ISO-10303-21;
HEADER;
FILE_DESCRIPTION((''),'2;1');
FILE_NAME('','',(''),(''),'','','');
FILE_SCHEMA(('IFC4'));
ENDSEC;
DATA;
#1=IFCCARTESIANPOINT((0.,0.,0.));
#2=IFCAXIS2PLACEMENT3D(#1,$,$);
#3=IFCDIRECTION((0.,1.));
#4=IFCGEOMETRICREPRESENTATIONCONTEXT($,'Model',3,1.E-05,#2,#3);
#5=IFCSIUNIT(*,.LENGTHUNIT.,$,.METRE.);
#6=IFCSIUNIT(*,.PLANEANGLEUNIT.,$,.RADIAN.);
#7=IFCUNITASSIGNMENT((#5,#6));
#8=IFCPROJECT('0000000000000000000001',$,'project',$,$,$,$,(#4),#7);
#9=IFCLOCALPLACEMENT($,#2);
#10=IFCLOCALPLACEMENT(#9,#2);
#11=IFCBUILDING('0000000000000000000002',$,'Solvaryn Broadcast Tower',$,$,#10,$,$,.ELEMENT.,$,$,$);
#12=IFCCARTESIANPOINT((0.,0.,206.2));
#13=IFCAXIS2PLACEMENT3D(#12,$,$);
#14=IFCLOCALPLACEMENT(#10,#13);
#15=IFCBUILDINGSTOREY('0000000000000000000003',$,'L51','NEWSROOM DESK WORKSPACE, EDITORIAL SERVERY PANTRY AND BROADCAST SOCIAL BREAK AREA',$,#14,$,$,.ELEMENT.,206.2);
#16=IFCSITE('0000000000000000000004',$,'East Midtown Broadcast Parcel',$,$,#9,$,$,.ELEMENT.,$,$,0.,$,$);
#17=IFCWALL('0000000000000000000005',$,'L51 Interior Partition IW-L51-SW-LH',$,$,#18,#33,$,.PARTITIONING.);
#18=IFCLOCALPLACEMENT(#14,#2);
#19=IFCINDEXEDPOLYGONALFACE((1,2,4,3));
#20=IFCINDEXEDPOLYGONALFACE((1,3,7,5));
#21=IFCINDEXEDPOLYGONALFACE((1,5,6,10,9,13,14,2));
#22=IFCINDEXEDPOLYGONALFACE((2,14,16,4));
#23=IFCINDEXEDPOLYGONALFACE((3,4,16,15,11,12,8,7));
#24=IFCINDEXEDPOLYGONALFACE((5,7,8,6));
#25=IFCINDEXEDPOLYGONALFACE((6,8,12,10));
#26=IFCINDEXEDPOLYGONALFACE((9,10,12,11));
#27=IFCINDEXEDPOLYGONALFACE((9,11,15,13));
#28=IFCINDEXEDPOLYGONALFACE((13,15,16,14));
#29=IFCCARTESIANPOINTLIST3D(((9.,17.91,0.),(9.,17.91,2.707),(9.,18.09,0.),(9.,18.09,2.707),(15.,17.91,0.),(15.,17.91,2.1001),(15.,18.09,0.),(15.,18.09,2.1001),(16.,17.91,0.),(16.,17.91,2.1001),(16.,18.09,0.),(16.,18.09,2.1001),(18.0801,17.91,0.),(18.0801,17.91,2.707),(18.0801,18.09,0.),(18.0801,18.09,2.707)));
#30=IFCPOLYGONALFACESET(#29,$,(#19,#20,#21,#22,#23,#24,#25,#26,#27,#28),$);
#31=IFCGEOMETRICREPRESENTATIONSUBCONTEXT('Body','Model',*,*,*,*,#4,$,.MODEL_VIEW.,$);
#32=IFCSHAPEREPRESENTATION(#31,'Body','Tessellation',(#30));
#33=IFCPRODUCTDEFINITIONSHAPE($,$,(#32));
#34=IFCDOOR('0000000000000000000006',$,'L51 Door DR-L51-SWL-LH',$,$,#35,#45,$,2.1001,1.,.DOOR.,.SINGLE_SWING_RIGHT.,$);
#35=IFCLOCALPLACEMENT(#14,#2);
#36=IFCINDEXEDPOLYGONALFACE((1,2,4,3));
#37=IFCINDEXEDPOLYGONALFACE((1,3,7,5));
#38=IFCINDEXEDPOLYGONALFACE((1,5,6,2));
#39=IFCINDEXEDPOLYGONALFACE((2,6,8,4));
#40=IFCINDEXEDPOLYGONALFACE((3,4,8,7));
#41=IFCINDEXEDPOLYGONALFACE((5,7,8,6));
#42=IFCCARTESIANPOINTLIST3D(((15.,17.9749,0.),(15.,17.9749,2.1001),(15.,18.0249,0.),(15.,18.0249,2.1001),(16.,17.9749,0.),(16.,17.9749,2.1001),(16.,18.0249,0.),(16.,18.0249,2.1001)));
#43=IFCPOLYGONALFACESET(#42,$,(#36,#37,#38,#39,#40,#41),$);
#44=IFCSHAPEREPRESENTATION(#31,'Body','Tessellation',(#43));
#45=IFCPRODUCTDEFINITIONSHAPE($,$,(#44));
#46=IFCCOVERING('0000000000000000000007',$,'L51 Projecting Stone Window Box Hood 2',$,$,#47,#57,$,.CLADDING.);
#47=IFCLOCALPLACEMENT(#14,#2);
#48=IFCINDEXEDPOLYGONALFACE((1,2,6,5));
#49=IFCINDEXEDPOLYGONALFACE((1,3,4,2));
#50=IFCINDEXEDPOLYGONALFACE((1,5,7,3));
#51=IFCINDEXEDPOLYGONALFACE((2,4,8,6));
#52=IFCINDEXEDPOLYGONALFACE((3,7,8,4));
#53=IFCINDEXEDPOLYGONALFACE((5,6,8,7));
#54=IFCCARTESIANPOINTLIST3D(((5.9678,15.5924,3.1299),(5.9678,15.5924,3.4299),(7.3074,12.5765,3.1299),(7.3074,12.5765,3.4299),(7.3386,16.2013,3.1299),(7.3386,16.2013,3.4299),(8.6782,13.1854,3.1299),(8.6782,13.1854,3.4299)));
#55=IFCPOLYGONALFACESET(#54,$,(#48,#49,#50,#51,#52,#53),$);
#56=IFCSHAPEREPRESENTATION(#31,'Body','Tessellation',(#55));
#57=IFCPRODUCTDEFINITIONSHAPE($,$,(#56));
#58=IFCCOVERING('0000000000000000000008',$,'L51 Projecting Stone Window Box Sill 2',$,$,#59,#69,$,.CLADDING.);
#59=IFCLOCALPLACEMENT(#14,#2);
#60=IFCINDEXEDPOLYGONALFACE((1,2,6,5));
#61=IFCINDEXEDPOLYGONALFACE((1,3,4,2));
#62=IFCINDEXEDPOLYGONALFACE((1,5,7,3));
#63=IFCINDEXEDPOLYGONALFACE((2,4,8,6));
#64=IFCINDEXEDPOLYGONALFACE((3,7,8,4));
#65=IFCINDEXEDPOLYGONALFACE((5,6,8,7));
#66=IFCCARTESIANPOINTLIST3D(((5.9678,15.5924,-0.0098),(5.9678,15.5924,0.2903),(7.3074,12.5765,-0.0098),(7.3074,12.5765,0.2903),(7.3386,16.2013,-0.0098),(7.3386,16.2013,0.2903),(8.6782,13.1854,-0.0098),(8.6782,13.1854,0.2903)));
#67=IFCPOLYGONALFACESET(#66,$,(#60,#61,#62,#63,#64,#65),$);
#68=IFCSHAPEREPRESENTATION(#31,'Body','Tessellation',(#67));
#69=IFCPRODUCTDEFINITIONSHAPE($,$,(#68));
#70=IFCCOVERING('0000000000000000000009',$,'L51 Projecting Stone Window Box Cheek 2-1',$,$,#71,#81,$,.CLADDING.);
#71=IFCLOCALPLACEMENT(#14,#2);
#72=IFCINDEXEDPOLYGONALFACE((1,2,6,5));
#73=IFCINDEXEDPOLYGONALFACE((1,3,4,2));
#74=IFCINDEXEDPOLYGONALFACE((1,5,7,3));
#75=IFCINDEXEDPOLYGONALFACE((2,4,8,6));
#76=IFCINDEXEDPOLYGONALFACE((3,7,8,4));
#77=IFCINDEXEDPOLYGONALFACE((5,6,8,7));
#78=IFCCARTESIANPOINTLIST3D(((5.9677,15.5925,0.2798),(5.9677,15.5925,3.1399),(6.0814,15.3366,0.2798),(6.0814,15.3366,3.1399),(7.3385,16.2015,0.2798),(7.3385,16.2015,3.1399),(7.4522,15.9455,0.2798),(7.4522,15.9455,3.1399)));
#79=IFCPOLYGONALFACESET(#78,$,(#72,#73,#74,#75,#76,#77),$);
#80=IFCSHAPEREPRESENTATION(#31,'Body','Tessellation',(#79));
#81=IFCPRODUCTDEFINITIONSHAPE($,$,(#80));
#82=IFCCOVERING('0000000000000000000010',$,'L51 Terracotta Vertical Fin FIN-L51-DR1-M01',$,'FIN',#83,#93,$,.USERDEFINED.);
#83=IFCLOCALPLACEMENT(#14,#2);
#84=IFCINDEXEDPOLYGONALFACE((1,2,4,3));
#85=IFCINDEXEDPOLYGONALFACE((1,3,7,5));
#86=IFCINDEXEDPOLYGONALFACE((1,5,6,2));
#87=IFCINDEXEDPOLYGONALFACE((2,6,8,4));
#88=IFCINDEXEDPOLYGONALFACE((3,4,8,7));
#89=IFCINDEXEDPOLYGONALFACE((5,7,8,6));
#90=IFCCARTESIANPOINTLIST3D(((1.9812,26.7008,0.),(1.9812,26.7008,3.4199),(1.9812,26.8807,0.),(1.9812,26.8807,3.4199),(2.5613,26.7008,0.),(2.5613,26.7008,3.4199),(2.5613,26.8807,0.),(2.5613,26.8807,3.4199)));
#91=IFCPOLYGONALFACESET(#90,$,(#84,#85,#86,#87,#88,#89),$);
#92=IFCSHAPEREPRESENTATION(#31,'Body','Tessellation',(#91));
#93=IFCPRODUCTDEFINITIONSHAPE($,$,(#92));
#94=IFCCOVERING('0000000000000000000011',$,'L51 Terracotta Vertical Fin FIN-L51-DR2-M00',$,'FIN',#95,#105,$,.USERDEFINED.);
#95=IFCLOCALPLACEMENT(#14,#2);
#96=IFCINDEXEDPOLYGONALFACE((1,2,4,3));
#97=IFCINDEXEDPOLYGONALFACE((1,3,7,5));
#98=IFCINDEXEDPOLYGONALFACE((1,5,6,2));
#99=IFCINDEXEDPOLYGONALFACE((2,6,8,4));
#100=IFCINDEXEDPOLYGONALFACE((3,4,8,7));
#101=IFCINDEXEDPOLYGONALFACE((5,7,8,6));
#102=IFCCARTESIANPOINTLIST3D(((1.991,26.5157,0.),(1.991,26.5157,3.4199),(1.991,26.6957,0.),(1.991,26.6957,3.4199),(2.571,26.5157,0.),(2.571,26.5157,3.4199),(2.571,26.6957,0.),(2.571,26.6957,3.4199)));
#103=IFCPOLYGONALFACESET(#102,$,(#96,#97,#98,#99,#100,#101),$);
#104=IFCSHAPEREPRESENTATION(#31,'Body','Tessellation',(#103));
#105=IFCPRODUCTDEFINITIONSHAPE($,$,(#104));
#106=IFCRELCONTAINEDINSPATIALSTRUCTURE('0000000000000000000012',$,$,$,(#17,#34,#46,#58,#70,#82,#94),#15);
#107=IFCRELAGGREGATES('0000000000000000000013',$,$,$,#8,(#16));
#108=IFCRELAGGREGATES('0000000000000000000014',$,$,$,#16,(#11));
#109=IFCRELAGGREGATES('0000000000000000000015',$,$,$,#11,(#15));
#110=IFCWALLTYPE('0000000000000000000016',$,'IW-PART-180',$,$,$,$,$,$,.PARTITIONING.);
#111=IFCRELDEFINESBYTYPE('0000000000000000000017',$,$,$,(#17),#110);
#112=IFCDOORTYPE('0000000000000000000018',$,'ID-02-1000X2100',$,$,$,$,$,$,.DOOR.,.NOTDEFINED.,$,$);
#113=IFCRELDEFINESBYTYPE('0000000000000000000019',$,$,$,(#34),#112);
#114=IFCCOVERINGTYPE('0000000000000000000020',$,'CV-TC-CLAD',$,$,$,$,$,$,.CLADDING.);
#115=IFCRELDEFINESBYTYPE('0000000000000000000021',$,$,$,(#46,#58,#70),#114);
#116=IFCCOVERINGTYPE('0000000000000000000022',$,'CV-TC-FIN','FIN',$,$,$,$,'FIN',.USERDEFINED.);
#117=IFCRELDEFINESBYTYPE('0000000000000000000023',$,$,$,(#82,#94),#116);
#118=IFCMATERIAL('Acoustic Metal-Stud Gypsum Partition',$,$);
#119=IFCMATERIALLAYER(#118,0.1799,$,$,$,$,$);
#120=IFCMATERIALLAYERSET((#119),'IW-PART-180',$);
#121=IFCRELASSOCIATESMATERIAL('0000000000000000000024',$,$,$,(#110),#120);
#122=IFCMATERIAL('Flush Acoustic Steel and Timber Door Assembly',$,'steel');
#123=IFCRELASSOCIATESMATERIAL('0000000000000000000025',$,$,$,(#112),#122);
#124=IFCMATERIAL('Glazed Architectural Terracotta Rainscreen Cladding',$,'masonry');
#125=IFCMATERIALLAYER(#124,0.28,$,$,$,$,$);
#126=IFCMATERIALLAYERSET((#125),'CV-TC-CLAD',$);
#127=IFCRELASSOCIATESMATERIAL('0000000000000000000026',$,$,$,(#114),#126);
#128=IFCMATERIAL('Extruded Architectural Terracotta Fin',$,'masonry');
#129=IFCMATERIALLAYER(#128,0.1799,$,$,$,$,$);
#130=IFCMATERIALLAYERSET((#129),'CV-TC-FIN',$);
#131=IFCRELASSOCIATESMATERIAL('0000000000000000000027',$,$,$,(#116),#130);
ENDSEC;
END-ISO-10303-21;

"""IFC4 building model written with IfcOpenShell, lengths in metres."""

from ifc_helpers import new_model, si_unit, direction, frame, frame_2d, origin, origin_2d, place, context, subcontext, project, spatial, rectangle, extrude, material, layer, layer_set, type_object, element, fill, save


model = new_model("IFC4")

# Units and contexts
model_context = context("Model", 3, precision=1e-05, world=origin(), true_north=direction((0.0, 1.0)))
body_context = subcontext(model_context, "Body", "Model", "MODEL_VIEW")
ifc_project = project(units=[si_unit("LENGTHUNIT", "METRE"), si_unit("PLANEANGLEUNIT", "RADIAN")], contexts=[model_context])

# Site, building, storey
site_placement = place(None, origin())
site = spatial("IfcSite", under=ifc_project, at=site_placement, Name="East Midtown Broadcast Parcel", CompositionType="ELEMENT", RefElevation=0.0)
building_placement = place(site_placement, origin())
building = spatial("IfcBuilding", under=site, at=building_placement, Name="Solvaryn Broadcast Tower", CompositionType="ELEMENT")
storey_placement = place(building_placement, frame((0.0, 0.0, 206.2)))
storey = spatial("IfcBuildingStorey", under=building, at=storey_placement, Name="L51", Description="NEWSROOM DESK WORKSPACE, EDITORIAL SERVERY PANTRY AND BROADCAST SOCIAL BREAK AREA", CompositionType="ELEMENT", Elevation=206.2)

# Wall, opening, door
ifc_material_1 = material(Name="Acoustic Metal-Stud Gypsum Partition")
ifc_layer_1 = layer(ifc_material_1, 0.1799)
ifc_layer_set_1 = layer_set([ifc_layer_1], Name="IW-PART-180")
wall_type = type_object("IfcWallType", Name="IW-PART-180", PredefinedType="PARTITIONING", material=ifc_layer_set_1)
wall_placement = place(storey_placement, frame((9.0, 18.0, 0.0), z_axis=(0.0, 0.0, 1.0), x_axis=(1.0, 0.0, 0.0)))
wall = element("IfcWall", 1, at=wall_placement, inside=storey, type_object=wall_type, Name="L51 Interior Partition IW-L51-SW-LH", PredefinedType="PARTITIONING", context=body_context, shape_type="SweptSolid", body=[
    extrude(rectangle(XDim=9.0801, YDim=0.1799, at=frame_2d((4.54, 0.0))), origin(), (0.0, 0.0, 1.0), 2.707),
])
opening_placement = place(wall_placement, frame((6.0, 0.0, 0.0)))
opening = element("IfcOpeningElement", 2, at=opening_placement, cuts=wall, PredefinedType="OPENING", context=body_context, shape_type="SweptSolid", body=[
    extrude(rectangle(XDim=1.0, YDim=2.1001, at=frame_2d((0.5, 1.05))), frame((0.0, 0.0999, 0.0), z_axis=(0.0, -1.0, 0.0), x_axis=(1.0, 0.0, 0.0)), (0.0, 0.0, 1.0), 0.2),
])
ifc_material_2 = material(Name="Flush Acoustic Steel and Timber Door Assembly", Category="steel")
door_type = type_object("IfcDoorType", Name="ID-02-1000X2100", OperationType="NOTDEFINED", PredefinedType="DOOR", material=ifc_material_2)
door_placement = place(opening_placement, origin())
door = element("IfcDoor", 3, at=door_placement, inside=storey, type_object=door_type, Name="L51 Door DR-L51-SWL-LH", OperationType="SINGLE_SWING_RIGHT", OverallHeight=2.1001, OverallWidth=1.0, PredefinedType="DOOR", context=body_context, shape_type="SweptSolid", body=[
    extrude(rectangle(XDim=1.0, YDim=2.1001, at=frame_2d((0.5, 1.05))), frame((0.0, 0.0249, 0.0), z_axis=(0.0, -1.0, 0.0), x_axis=(1.0, 0.0, 0.0)), (0.0, 0.0, 1.0), 0.05),
])
fill(opening, door)

# Coverings
ifc_material_3 = material(Name="Glazed Architectural Terracotta Rainscreen Cladding", Category="masonry")
ifc_layer_2 = layer(ifc_material_3, 0.28)
ifc_layer_set_2 = layer_set([ifc_layer_2], Name="CV-TC-CLAD")
covering_type_1 = type_object("IfcCoveringType", Name="CV-TC-CLAD", PredefinedType="CLADDING", material=ifc_layer_set_2)
for number, where, z_axis, x_axis, name in (
    (4, (7.323, 14.3889, 3.1299), (0.0, 0.0, 1.0), (0.405939, -0.9139, 0.0), "L51 Projecting Stone Window Box Hood 2"),
    (5, (7.323, 14.3889, -0.0098), (0.0, 0.0, 1.0), (0.405939, -0.9139, 0.0), "L51 Projecting Stone Window Box Sill 2"),
):
    element("IfcCovering", number, at=place(storey_placement, frame(where, z_axis=z_axis, x_axis=x_axis)), inside=storey, type_object=covering_type_1, Name=name, PredefinedType="CLADDING", context=body_context, shape_type="SweptSolid", body=[
        extrude(rectangle(XDim=3.3, YDim=1.5, at=origin_2d()), origin(), (0.0, 0.0, 1.0), 0.3),
    ])
covering_placement = place(storey_placement, frame((6.71, 15.769, 0.2798), z_axis=(0.0, 0.0, 1.0), x_axis=(0.405939, -0.9139, 0.0)))
element("IfcCovering", 6, at=covering_placement, inside=storey, type_object=covering_type_1, Name="L51 Projecting Stone Window Box Cheek 2-1", PredefinedType="CLADDING", context=body_context, shape_type="SweptSolid", body=[
    extrude(rectangle(XDim=0.28, YDim=1.5, at=origin_2d()), origin(), (0.0, 0.0, 1.0), 2.8601),
])
ifc_material_4 = material(Name="Extruded Architectural Terracotta Fin", Category="masonry")
ifc_layer_3 = layer(ifc_material_4, 0.1799)
ifc_layer_set_3 = layer_set([ifc_layer_3], Name="CV-TC-FIN")
covering_type_2 = type_object("IfcCoveringType", Name="CV-TC-FIN", Description="FIN", ElementType="FIN", PredefinedType="USERDEFINED", material=ifc_layer_set_3)
for number, where, z_axis, x_axis, name in (
    (7, (2.2712, 26.7908, 0.0), (0.0, 0.0, 1.0), (1.0, 0.0, 0.0), "L51 Terracotta Vertical Fin FIN-L51-DR1-M01"),
    (8, (2.281, 26.6057, 0.0), (0.0, 0.0, 1.0), (1.0, 0.0, 0.0), "L51 Terracotta Vertical Fin FIN-L51-DR2-M00"),
):
    element("IfcCovering", number, at=place(storey_placement, frame(where, z_axis=z_axis, x_axis=x_axis)), inside=storey, type_object=covering_type_2, Name=name, ObjectType="FIN", PredefinedType="USERDEFINED", context=body_context, shape_type="SweptSolid", body=[
        extrude(rectangle(XDim=0.5801, YDim=0.1799, at=origin_2d()), origin(), (0.0, 0.0, 1.0), 3.4199),
    ])

save(model, "model.ifc")
